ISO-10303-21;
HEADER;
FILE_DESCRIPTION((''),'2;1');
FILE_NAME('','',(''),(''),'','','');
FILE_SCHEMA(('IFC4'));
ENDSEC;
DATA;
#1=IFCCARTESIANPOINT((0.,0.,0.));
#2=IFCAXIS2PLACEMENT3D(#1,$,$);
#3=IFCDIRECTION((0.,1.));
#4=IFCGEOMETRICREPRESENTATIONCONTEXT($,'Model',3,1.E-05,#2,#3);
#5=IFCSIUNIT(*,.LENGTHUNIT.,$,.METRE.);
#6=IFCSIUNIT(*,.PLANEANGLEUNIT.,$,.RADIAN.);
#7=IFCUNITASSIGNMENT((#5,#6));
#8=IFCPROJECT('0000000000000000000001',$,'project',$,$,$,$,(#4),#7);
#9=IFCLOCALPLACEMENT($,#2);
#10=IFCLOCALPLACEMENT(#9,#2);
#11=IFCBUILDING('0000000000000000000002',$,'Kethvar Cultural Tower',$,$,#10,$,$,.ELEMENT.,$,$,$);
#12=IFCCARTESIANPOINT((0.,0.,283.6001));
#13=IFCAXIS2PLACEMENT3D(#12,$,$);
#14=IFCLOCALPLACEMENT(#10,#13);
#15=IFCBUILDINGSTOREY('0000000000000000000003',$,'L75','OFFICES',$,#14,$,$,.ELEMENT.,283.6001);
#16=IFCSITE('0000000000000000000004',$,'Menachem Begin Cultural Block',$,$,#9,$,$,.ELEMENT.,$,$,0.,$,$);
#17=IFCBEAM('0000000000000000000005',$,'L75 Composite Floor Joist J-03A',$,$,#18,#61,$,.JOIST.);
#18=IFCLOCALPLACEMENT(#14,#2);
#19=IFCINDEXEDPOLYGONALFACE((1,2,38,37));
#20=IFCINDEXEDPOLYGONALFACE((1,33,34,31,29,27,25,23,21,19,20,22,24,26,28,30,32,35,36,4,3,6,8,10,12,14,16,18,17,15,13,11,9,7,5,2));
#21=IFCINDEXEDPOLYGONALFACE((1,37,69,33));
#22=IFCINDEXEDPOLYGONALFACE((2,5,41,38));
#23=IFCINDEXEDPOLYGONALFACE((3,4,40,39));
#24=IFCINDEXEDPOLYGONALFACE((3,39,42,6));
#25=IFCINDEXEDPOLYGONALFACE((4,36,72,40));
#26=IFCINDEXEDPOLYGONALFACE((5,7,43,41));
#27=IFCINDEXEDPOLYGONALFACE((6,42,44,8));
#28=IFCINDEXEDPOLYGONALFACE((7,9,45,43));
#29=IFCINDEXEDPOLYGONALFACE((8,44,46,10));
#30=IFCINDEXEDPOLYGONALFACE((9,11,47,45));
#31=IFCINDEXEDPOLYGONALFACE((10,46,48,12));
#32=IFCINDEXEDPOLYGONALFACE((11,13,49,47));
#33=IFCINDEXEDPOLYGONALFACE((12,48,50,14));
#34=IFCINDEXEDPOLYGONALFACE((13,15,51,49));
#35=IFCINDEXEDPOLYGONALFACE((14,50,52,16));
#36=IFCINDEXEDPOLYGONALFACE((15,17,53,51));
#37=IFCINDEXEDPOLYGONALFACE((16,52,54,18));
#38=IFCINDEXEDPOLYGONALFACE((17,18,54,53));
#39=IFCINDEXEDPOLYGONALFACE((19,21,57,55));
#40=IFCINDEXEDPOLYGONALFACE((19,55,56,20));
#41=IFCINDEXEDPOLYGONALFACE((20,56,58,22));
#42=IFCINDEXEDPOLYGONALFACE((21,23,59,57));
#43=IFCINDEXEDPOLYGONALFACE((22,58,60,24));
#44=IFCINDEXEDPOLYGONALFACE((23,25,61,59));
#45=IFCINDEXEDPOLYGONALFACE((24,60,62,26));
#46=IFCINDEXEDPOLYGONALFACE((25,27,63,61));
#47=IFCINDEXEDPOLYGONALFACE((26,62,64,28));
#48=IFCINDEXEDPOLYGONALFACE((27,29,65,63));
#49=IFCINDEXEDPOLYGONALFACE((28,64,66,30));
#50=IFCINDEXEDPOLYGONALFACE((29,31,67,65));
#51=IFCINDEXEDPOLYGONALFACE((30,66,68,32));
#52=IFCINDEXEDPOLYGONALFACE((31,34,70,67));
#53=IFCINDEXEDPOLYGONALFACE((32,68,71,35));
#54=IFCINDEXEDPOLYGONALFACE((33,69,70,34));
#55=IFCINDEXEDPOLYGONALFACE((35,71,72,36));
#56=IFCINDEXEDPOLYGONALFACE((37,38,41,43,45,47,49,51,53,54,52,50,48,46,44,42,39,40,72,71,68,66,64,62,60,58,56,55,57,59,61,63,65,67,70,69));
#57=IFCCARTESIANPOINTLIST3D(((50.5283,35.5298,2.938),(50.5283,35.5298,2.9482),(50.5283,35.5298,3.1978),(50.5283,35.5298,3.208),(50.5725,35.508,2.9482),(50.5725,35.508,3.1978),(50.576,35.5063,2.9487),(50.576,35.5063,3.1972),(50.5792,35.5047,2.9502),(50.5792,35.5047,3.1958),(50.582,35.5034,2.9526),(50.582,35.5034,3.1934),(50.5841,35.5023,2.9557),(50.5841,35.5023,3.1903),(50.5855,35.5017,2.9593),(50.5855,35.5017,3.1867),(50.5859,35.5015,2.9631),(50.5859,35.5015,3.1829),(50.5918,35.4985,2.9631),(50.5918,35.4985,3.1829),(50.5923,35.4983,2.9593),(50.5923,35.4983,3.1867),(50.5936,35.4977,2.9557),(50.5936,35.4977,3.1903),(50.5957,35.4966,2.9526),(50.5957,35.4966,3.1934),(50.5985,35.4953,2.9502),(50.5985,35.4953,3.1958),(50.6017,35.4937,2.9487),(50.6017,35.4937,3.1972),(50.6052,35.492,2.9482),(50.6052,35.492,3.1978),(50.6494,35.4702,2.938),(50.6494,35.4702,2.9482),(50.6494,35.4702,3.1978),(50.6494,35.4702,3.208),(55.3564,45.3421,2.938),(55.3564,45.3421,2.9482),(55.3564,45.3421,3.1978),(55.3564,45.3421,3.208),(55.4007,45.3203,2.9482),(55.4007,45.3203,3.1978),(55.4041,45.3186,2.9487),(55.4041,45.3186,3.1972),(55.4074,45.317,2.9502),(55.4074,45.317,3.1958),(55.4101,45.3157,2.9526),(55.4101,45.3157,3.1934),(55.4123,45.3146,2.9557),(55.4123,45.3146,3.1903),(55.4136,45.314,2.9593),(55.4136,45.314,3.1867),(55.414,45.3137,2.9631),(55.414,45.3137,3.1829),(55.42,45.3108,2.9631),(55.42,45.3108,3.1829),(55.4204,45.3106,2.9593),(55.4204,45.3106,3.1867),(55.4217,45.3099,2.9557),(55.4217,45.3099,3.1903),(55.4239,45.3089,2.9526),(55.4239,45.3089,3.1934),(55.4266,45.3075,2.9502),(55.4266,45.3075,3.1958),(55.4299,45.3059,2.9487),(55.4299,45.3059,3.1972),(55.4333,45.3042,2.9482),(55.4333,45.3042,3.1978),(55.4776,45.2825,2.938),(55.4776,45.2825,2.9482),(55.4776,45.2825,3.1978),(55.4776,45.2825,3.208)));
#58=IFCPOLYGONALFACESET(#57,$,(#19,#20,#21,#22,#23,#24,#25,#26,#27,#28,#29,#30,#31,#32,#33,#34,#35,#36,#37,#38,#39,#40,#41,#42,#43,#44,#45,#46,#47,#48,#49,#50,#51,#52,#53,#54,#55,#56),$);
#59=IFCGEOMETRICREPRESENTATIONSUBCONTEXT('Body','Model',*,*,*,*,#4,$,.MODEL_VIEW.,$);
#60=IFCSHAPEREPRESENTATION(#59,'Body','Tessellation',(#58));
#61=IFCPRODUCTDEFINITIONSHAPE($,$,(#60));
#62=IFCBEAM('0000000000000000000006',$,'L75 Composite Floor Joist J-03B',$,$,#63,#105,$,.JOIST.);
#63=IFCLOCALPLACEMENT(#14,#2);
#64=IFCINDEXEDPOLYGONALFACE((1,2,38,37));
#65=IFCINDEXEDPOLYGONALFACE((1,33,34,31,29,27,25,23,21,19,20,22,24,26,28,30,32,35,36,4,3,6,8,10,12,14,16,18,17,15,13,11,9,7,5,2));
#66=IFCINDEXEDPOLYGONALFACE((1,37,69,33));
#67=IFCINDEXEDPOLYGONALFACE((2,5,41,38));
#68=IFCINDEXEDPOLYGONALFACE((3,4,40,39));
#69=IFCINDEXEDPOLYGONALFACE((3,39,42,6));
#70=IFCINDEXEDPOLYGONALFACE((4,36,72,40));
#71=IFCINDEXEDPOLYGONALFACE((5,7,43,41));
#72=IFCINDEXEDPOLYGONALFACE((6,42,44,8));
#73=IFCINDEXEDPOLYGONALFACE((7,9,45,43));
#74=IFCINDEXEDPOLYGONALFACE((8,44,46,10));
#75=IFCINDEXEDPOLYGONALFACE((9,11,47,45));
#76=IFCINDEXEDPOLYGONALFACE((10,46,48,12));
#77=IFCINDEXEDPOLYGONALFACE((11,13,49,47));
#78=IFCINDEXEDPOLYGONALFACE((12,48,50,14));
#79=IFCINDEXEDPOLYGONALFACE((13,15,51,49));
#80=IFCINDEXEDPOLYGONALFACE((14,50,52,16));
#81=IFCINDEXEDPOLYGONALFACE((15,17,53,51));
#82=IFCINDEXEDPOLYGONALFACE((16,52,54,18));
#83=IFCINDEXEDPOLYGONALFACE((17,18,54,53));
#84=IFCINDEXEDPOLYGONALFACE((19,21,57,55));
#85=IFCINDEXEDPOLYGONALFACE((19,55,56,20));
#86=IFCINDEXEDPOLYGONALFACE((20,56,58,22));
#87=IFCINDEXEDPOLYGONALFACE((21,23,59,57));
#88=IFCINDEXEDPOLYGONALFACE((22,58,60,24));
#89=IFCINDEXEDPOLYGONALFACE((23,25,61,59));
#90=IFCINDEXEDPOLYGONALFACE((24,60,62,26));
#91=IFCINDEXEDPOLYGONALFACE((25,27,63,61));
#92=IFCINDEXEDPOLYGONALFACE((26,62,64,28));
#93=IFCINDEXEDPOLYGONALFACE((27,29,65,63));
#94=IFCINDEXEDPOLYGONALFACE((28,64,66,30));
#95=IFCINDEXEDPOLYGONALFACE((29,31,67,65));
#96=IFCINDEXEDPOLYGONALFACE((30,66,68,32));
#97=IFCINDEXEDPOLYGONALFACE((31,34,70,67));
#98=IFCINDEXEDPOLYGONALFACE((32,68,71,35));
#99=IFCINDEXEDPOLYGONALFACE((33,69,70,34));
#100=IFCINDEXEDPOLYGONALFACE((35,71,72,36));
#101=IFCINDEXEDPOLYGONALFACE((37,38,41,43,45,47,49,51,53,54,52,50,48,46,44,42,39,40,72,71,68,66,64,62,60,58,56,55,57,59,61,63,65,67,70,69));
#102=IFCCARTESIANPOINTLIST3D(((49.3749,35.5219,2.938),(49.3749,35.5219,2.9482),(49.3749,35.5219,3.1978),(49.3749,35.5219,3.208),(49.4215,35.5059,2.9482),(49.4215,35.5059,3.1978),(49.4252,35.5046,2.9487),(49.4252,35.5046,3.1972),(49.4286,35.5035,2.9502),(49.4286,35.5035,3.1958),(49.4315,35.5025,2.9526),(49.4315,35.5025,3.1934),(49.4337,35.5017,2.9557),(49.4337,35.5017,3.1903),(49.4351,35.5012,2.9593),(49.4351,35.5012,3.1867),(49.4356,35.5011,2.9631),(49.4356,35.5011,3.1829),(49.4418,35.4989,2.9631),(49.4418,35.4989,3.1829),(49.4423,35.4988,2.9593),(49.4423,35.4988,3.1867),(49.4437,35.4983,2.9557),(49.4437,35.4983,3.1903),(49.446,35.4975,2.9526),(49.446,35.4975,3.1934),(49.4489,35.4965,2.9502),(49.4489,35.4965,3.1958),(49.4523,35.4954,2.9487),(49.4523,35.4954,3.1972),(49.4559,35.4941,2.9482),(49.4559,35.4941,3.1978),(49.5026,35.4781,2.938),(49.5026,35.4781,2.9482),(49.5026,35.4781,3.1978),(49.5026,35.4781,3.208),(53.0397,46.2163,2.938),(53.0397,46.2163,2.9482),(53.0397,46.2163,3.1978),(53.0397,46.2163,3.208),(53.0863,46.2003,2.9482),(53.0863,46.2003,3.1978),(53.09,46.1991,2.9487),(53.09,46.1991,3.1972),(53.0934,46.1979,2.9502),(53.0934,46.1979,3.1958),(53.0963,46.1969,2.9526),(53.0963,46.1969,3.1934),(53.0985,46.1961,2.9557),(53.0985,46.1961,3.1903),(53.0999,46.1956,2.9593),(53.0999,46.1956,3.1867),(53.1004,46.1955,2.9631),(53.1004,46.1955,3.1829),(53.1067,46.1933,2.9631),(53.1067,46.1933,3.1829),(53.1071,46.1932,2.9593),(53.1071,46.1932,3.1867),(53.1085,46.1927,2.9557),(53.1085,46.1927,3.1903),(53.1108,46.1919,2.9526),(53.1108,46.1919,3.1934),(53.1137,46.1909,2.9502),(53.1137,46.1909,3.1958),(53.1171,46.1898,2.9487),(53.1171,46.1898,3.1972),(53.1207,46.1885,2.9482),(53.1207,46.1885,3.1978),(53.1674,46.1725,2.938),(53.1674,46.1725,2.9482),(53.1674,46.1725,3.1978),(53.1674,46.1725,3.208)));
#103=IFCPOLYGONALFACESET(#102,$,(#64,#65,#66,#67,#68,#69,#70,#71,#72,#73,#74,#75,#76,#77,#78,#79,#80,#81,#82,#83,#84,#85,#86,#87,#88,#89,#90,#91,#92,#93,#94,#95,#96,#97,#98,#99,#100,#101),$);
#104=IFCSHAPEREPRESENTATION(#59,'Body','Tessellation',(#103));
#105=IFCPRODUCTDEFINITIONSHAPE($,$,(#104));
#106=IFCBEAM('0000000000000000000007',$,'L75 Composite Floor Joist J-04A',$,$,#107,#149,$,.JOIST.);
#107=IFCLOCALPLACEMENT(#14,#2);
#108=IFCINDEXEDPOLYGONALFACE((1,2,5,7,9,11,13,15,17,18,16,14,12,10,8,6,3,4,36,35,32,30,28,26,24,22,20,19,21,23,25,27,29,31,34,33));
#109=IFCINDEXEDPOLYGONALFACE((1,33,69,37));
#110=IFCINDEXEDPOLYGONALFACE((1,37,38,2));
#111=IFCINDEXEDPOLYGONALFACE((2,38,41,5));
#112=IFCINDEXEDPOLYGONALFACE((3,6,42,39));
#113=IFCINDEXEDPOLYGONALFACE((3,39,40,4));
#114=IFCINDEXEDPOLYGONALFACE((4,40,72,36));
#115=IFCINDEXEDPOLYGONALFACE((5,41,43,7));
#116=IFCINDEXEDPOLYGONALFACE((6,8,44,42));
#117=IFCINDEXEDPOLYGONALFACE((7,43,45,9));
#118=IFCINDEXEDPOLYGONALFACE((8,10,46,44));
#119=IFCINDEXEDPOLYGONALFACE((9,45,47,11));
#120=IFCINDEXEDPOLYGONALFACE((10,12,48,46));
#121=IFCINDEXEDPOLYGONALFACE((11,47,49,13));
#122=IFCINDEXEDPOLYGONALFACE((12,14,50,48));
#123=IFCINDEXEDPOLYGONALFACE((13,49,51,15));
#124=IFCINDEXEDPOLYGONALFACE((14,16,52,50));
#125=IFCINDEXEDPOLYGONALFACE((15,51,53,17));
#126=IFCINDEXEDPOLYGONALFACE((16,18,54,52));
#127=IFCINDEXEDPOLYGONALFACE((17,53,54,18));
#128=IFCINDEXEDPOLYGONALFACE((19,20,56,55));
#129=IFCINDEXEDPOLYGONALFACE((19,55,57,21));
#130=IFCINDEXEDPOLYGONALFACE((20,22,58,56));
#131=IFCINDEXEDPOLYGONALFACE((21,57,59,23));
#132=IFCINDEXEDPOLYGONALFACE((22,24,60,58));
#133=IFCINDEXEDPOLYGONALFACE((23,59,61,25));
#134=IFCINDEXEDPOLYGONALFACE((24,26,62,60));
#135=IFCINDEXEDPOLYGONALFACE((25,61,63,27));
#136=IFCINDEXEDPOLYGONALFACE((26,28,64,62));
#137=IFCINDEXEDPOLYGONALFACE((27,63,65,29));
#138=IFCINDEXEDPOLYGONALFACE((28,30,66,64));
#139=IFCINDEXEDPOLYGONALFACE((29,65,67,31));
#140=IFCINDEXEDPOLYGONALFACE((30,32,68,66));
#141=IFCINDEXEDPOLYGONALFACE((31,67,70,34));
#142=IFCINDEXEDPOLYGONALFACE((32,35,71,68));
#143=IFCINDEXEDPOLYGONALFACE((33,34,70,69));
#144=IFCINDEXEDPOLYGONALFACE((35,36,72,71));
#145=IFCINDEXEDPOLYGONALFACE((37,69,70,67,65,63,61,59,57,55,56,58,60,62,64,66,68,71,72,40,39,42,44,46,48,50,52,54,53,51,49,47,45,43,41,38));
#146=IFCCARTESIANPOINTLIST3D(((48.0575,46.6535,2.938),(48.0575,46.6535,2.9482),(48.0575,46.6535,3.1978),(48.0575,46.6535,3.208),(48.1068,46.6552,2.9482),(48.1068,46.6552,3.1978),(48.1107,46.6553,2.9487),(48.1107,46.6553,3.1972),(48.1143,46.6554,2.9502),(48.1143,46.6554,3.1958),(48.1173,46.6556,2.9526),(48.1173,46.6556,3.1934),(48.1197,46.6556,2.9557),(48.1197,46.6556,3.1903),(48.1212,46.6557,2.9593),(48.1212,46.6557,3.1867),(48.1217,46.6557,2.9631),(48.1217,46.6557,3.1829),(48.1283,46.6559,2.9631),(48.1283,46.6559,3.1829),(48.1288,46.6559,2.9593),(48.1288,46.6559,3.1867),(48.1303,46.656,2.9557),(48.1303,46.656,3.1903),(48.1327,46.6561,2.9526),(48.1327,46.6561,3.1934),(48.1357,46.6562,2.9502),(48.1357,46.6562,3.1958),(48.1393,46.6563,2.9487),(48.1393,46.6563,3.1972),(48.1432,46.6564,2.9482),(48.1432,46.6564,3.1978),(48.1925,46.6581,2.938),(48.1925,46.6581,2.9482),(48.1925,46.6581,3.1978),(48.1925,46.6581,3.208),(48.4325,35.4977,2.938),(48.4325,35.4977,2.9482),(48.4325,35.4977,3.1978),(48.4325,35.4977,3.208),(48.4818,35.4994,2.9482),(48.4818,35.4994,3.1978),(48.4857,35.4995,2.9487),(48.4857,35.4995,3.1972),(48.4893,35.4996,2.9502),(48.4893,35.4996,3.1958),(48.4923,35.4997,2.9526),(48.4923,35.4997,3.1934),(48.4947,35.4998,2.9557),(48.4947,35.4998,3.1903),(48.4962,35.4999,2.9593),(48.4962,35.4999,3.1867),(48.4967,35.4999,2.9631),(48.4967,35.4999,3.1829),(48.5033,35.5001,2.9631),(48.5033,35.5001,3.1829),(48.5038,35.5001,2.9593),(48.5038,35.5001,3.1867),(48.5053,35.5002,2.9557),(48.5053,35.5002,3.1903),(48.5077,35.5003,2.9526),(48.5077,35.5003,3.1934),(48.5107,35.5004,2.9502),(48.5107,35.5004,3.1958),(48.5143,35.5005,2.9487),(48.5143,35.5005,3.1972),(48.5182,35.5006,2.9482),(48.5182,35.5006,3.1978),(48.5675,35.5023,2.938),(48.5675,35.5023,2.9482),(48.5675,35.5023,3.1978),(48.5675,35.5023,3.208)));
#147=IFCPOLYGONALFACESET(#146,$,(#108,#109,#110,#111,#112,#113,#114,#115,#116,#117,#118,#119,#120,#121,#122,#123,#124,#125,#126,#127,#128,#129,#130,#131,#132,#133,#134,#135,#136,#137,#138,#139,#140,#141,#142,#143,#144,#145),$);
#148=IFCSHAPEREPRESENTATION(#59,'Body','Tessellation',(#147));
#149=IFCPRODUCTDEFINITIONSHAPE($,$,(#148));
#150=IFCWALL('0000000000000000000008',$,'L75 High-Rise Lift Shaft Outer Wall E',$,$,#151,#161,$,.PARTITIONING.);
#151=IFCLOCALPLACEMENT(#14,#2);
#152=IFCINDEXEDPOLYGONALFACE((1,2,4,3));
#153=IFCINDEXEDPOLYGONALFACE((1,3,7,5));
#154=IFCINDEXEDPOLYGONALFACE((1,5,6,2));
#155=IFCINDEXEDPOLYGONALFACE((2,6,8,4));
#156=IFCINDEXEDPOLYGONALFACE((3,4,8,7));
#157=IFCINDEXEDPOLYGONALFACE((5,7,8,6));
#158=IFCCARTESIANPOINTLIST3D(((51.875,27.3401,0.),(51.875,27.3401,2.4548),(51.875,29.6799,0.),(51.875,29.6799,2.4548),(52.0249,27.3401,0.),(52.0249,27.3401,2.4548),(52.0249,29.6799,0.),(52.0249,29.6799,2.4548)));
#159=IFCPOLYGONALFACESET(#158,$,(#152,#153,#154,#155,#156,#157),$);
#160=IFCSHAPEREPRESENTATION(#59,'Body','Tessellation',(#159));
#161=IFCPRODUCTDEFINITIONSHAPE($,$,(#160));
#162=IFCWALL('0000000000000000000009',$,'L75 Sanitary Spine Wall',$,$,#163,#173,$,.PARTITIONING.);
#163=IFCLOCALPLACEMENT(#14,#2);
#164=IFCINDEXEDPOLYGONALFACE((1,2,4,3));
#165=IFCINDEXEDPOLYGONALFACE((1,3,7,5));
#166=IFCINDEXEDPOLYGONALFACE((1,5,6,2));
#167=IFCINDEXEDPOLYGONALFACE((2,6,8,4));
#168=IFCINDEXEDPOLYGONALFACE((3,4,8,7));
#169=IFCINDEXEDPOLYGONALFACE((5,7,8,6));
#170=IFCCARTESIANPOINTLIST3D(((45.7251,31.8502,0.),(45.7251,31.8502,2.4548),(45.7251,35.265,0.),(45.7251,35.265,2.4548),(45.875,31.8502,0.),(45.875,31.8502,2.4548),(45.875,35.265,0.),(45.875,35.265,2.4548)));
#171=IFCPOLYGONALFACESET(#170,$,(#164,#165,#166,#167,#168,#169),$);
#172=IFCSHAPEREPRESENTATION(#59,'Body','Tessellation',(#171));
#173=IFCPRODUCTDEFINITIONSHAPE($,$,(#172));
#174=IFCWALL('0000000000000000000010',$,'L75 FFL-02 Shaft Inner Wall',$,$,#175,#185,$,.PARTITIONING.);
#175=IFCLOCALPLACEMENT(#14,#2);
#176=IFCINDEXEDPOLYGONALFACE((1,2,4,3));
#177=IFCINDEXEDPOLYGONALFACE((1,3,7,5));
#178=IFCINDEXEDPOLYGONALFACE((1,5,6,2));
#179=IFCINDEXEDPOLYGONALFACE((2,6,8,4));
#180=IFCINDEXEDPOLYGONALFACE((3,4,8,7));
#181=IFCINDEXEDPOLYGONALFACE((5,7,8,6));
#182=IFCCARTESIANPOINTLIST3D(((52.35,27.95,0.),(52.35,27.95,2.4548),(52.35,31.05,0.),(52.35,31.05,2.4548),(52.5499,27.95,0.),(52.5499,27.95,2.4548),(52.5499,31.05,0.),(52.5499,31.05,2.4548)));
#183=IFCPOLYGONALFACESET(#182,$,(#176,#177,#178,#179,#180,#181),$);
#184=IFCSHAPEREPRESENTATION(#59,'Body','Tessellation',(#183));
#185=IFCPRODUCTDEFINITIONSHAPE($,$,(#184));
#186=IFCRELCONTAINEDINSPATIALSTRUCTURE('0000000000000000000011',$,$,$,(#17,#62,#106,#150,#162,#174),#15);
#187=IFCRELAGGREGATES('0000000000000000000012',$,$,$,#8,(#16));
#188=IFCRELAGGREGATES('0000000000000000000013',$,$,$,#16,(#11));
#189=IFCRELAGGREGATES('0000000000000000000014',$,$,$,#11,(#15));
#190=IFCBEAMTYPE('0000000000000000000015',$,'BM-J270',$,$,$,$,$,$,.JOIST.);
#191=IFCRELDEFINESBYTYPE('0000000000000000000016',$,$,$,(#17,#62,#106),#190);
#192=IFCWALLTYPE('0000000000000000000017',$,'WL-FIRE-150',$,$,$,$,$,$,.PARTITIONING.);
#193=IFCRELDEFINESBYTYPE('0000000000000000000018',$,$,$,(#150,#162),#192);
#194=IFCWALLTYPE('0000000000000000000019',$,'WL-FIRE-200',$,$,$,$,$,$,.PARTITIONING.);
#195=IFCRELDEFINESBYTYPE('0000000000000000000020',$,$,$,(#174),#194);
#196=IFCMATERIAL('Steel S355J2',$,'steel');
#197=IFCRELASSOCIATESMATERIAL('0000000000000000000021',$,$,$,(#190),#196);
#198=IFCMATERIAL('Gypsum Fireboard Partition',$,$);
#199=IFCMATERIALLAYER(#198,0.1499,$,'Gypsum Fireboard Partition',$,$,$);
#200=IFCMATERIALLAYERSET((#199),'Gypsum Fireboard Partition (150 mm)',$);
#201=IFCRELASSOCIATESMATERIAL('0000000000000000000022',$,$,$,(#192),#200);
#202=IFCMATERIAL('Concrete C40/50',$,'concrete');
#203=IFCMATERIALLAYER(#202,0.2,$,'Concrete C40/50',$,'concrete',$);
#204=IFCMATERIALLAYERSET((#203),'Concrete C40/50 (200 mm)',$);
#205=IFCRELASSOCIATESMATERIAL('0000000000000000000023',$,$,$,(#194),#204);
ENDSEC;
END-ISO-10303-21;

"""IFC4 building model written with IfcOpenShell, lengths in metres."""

from ifc_helpers import new_model, si_unit, direction, frame, frame_2d, origin, origin_2d, place, context, subcontext, project, spatial, rectangle, i_section, extrude, source, transform, mapped, material, layer, layer_set, material_profile, profile_set, type_object, element, save


model = new_model("IFC4")

# Units and contexts
model_context = context("Model", 3, precision=1e-05, world=origin(), true_north=direction((0.0, 1.0)))
body_context = subcontext(model_context, "Body", "Model", "MODEL_VIEW")
ifc_project = project(units=[si_unit("LENGTHUNIT", "METRE"), si_unit("PLANEANGLEUNIT", "RADIAN")], contexts=[model_context])

# Site, building, storey
site_placement = place(None, origin())
site = spatial("IfcSite", under=ifc_project, at=site_placement, Name="Menachem Begin Cultural Block", CompositionType="ELEMENT", RefElevation=0.0)
building_placement = place(site_placement, origin())
building = spatial("IfcBuilding", under=site, at=building_placement, Name="Kethvar Cultural Tower", CompositionType="ELEMENT")
storey_placement = place(building_placement, frame((0.0, 0.0, 283.6001)))
storey = spatial("IfcBuildingStorey", under=building, at=storey_placement, Name="L75", Description="OFFICES", CompositionType="ELEMENT", Elevation=283.6001)

# Beams
ifc_material_1 = material(Name="Steel S355J2", Category="steel")
ifc_material_profile_1 = material_profile(ifc_material_1, i_section(OverallWidth=0.135, OverallDepth=0.27, WebThickness=0.0066, FlangeThickness=0.0103, FilletRadius=0.0149, at=origin_2d()), Name="Steel S355J2 — IPE270")
ifc_profile_set_1 = profile_set([ifc_material_profile_1], Name="Steel S355J2 — IPE270")
beam_type_1 = type_object("IfcBeamType", Name="BM-J270", PredefinedType="JOIST", material=ifc_profile_set_1)
shared_shape_1 = source(origin(), body_context, "Body", "SweptSolid", [
    extrude(i_section(OverallWidth=0.135, OverallDepth=0.27, WebThickness=0.0066, FlangeThickness=0.0103, FilletRadius=0.0149, at=origin_2d()), origin(), (0.0, 0.0, 1.0), 10.9358),
])
beam_1_placement = place(storey_placement, frame((50.5889, 35.5, 3.073), z_axis=(0.441498, 0.897262, 0.0), x_axis=(-0.897262, 0.441498, 0.0)))
element("IfcBeam", 1, at=beam_1_placement, inside=storey, type_object=beam_type_1, Name="L75 Composite Floor Joist J-03A", PredefinedType="JOIST", context=body_context, shape_type="MappedRepresentation", body=[
    mapped(shared_shape_1, transform((0.0, 0.0, 0.0), scale=1.0)),
])
shared_shape_2 = source(origin(), body_context, "Body", "SweptSolid", [
    extrude(i_section(OverallWidth=0.135, OverallDepth=0.27, WebThickness=0.0066, FlangeThickness=0.0103, FilletRadius=0.0149, at=origin_2d()), origin(), (0.0, 0.0, 1.0), 11.3049),
])
beam_2_placement = place(storey_placement, frame((49.4387, 35.5, 3.073), z_axis=(0.324179, 0.945996, 0.0), x_axis=(-0.945996, 0.324179, 0.0)))
element("IfcBeam", 2, at=beam_2_placement, inside=storey, type_object=beam_type_1, Name="L75 Composite Floor Joist J-03B", PredefinedType="JOIST", context=body_context, shape_type="MappedRepresentation", body=[
    mapped(shared_shape_2, transform((0.0, 0.0, 0.0), scale=1.0)),
])
shared_shape_3 = source(origin(), body_context, "Body", "SweptSolid", [
    extrude(i_section(OverallWidth=0.135, OverallDepth=0.27, WebThickness=0.0066, FlangeThickness=0.0103, FilletRadius=0.0149, at=origin_2d()), origin(), (0.0, 0.0, 1.0), 11.1621),
])
beam_3_placement = place(storey_placement, frame((48.5, 35.5, 3.073), z_axis=(-0.033596, 0.999435, 0.0), x_axis=(-0.999435, -0.033596, 0.0)))
element("IfcBeam", 3, at=beam_3_placement, inside=storey, type_object=beam_type_1, Name="L75 Composite Floor Joist J-04A", PredefinedType="JOIST", context=body_context, shape_type="MappedRepresentation", body=[
    mapped(shared_shape_3, transform((0.0, 0.0, 0.0), scale=1.0)),
])

# Walls
ifc_material_2 = material(Name="Gypsum Fireboard Partition")
ifc_layer_1 = layer(ifc_material_2, 0.1499, Name="Gypsum Fireboard Partition")
ifc_layer_set_1 = layer_set([ifc_layer_1], Name="Gypsum Fireboard Partition (150 mm)")
wall_type_1 = type_object("IfcWallType", Name="WL-FIRE-150", PredefinedType="PARTITIONING", material=ifc_layer_set_1)
wall_1_placement = place(storey_placement, frame((51.95, 27.3401, 0.0), z_axis=(0.0, 0.0, 1.0), x_axis=(0.0, 1.0, 0.0)))
element("IfcWall", 4, at=wall_1_placement, inside=storey, type_object=wall_type_1, Name="L75 High-Rise Lift Shaft Outer Wall E", PredefinedType="PARTITIONING", context=body_context, shape_type="SweptSolid", body=[
    extrude(rectangle(XDim=2.3398, YDim=0.1499, at=frame_2d((1.1699, 0.0))), origin(), (0.0, 0.0, 1.0), 2.4548),
])
wall_2_placement = place(storey_placement, frame((45.8, 31.8501, 0.0), z_axis=(0.0, 0.0, 1.0), x_axis=(0.0, 1.0, 0.0)))
element("IfcWall", 5, at=wall_2_placement, inside=storey, type_object=wall_type_1, Name="L75 Sanitary Spine Wall", PredefinedType="PARTITIONING", context=body_context, shape_type="SweptSolid", body=[
    extrude(rectangle(XDim=3.4148, YDim=0.1499, at=frame_2d((1.7075, 0.0))), origin(), (0.0, 0.0, 1.0), 2.4548),
])
ifc_material_3 = material(Name="Concrete C40/50", Category="concrete")
ifc_layer_2 = layer(ifc_material_3, 0.2, Name="Concrete C40/50", Category="concrete")
ifc_layer_set_2 = layer_set([ifc_layer_2], Name="Concrete C40/50 (200 mm)")
wall_type_2 = type_object("IfcWallType", Name="WL-FIRE-200", PredefinedType="PARTITIONING", material=ifc_layer_set_2)
wall_3_placement = place(storey_placement, frame((52.45, 27.95, 0.0), z_axis=(0.0, 0.0, 1.0), x_axis=(0.0, 1.0, 0.0)))
element("IfcWall", 6, at=wall_3_placement, inside=storey, type_object=wall_type_2, Name="L75 FFL-02 Shaft Inner Wall", PredefinedType="PARTITIONING", context=body_context, shape_type="SweptSolid", body=[
    extrude(rectangle(XDim=3.1001, YDim=0.2, at=frame_2d((1.55, 0.0))), origin(), (0.0, 0.0, 1.0), 2.4548),
])

save(model, "model.ifc")
